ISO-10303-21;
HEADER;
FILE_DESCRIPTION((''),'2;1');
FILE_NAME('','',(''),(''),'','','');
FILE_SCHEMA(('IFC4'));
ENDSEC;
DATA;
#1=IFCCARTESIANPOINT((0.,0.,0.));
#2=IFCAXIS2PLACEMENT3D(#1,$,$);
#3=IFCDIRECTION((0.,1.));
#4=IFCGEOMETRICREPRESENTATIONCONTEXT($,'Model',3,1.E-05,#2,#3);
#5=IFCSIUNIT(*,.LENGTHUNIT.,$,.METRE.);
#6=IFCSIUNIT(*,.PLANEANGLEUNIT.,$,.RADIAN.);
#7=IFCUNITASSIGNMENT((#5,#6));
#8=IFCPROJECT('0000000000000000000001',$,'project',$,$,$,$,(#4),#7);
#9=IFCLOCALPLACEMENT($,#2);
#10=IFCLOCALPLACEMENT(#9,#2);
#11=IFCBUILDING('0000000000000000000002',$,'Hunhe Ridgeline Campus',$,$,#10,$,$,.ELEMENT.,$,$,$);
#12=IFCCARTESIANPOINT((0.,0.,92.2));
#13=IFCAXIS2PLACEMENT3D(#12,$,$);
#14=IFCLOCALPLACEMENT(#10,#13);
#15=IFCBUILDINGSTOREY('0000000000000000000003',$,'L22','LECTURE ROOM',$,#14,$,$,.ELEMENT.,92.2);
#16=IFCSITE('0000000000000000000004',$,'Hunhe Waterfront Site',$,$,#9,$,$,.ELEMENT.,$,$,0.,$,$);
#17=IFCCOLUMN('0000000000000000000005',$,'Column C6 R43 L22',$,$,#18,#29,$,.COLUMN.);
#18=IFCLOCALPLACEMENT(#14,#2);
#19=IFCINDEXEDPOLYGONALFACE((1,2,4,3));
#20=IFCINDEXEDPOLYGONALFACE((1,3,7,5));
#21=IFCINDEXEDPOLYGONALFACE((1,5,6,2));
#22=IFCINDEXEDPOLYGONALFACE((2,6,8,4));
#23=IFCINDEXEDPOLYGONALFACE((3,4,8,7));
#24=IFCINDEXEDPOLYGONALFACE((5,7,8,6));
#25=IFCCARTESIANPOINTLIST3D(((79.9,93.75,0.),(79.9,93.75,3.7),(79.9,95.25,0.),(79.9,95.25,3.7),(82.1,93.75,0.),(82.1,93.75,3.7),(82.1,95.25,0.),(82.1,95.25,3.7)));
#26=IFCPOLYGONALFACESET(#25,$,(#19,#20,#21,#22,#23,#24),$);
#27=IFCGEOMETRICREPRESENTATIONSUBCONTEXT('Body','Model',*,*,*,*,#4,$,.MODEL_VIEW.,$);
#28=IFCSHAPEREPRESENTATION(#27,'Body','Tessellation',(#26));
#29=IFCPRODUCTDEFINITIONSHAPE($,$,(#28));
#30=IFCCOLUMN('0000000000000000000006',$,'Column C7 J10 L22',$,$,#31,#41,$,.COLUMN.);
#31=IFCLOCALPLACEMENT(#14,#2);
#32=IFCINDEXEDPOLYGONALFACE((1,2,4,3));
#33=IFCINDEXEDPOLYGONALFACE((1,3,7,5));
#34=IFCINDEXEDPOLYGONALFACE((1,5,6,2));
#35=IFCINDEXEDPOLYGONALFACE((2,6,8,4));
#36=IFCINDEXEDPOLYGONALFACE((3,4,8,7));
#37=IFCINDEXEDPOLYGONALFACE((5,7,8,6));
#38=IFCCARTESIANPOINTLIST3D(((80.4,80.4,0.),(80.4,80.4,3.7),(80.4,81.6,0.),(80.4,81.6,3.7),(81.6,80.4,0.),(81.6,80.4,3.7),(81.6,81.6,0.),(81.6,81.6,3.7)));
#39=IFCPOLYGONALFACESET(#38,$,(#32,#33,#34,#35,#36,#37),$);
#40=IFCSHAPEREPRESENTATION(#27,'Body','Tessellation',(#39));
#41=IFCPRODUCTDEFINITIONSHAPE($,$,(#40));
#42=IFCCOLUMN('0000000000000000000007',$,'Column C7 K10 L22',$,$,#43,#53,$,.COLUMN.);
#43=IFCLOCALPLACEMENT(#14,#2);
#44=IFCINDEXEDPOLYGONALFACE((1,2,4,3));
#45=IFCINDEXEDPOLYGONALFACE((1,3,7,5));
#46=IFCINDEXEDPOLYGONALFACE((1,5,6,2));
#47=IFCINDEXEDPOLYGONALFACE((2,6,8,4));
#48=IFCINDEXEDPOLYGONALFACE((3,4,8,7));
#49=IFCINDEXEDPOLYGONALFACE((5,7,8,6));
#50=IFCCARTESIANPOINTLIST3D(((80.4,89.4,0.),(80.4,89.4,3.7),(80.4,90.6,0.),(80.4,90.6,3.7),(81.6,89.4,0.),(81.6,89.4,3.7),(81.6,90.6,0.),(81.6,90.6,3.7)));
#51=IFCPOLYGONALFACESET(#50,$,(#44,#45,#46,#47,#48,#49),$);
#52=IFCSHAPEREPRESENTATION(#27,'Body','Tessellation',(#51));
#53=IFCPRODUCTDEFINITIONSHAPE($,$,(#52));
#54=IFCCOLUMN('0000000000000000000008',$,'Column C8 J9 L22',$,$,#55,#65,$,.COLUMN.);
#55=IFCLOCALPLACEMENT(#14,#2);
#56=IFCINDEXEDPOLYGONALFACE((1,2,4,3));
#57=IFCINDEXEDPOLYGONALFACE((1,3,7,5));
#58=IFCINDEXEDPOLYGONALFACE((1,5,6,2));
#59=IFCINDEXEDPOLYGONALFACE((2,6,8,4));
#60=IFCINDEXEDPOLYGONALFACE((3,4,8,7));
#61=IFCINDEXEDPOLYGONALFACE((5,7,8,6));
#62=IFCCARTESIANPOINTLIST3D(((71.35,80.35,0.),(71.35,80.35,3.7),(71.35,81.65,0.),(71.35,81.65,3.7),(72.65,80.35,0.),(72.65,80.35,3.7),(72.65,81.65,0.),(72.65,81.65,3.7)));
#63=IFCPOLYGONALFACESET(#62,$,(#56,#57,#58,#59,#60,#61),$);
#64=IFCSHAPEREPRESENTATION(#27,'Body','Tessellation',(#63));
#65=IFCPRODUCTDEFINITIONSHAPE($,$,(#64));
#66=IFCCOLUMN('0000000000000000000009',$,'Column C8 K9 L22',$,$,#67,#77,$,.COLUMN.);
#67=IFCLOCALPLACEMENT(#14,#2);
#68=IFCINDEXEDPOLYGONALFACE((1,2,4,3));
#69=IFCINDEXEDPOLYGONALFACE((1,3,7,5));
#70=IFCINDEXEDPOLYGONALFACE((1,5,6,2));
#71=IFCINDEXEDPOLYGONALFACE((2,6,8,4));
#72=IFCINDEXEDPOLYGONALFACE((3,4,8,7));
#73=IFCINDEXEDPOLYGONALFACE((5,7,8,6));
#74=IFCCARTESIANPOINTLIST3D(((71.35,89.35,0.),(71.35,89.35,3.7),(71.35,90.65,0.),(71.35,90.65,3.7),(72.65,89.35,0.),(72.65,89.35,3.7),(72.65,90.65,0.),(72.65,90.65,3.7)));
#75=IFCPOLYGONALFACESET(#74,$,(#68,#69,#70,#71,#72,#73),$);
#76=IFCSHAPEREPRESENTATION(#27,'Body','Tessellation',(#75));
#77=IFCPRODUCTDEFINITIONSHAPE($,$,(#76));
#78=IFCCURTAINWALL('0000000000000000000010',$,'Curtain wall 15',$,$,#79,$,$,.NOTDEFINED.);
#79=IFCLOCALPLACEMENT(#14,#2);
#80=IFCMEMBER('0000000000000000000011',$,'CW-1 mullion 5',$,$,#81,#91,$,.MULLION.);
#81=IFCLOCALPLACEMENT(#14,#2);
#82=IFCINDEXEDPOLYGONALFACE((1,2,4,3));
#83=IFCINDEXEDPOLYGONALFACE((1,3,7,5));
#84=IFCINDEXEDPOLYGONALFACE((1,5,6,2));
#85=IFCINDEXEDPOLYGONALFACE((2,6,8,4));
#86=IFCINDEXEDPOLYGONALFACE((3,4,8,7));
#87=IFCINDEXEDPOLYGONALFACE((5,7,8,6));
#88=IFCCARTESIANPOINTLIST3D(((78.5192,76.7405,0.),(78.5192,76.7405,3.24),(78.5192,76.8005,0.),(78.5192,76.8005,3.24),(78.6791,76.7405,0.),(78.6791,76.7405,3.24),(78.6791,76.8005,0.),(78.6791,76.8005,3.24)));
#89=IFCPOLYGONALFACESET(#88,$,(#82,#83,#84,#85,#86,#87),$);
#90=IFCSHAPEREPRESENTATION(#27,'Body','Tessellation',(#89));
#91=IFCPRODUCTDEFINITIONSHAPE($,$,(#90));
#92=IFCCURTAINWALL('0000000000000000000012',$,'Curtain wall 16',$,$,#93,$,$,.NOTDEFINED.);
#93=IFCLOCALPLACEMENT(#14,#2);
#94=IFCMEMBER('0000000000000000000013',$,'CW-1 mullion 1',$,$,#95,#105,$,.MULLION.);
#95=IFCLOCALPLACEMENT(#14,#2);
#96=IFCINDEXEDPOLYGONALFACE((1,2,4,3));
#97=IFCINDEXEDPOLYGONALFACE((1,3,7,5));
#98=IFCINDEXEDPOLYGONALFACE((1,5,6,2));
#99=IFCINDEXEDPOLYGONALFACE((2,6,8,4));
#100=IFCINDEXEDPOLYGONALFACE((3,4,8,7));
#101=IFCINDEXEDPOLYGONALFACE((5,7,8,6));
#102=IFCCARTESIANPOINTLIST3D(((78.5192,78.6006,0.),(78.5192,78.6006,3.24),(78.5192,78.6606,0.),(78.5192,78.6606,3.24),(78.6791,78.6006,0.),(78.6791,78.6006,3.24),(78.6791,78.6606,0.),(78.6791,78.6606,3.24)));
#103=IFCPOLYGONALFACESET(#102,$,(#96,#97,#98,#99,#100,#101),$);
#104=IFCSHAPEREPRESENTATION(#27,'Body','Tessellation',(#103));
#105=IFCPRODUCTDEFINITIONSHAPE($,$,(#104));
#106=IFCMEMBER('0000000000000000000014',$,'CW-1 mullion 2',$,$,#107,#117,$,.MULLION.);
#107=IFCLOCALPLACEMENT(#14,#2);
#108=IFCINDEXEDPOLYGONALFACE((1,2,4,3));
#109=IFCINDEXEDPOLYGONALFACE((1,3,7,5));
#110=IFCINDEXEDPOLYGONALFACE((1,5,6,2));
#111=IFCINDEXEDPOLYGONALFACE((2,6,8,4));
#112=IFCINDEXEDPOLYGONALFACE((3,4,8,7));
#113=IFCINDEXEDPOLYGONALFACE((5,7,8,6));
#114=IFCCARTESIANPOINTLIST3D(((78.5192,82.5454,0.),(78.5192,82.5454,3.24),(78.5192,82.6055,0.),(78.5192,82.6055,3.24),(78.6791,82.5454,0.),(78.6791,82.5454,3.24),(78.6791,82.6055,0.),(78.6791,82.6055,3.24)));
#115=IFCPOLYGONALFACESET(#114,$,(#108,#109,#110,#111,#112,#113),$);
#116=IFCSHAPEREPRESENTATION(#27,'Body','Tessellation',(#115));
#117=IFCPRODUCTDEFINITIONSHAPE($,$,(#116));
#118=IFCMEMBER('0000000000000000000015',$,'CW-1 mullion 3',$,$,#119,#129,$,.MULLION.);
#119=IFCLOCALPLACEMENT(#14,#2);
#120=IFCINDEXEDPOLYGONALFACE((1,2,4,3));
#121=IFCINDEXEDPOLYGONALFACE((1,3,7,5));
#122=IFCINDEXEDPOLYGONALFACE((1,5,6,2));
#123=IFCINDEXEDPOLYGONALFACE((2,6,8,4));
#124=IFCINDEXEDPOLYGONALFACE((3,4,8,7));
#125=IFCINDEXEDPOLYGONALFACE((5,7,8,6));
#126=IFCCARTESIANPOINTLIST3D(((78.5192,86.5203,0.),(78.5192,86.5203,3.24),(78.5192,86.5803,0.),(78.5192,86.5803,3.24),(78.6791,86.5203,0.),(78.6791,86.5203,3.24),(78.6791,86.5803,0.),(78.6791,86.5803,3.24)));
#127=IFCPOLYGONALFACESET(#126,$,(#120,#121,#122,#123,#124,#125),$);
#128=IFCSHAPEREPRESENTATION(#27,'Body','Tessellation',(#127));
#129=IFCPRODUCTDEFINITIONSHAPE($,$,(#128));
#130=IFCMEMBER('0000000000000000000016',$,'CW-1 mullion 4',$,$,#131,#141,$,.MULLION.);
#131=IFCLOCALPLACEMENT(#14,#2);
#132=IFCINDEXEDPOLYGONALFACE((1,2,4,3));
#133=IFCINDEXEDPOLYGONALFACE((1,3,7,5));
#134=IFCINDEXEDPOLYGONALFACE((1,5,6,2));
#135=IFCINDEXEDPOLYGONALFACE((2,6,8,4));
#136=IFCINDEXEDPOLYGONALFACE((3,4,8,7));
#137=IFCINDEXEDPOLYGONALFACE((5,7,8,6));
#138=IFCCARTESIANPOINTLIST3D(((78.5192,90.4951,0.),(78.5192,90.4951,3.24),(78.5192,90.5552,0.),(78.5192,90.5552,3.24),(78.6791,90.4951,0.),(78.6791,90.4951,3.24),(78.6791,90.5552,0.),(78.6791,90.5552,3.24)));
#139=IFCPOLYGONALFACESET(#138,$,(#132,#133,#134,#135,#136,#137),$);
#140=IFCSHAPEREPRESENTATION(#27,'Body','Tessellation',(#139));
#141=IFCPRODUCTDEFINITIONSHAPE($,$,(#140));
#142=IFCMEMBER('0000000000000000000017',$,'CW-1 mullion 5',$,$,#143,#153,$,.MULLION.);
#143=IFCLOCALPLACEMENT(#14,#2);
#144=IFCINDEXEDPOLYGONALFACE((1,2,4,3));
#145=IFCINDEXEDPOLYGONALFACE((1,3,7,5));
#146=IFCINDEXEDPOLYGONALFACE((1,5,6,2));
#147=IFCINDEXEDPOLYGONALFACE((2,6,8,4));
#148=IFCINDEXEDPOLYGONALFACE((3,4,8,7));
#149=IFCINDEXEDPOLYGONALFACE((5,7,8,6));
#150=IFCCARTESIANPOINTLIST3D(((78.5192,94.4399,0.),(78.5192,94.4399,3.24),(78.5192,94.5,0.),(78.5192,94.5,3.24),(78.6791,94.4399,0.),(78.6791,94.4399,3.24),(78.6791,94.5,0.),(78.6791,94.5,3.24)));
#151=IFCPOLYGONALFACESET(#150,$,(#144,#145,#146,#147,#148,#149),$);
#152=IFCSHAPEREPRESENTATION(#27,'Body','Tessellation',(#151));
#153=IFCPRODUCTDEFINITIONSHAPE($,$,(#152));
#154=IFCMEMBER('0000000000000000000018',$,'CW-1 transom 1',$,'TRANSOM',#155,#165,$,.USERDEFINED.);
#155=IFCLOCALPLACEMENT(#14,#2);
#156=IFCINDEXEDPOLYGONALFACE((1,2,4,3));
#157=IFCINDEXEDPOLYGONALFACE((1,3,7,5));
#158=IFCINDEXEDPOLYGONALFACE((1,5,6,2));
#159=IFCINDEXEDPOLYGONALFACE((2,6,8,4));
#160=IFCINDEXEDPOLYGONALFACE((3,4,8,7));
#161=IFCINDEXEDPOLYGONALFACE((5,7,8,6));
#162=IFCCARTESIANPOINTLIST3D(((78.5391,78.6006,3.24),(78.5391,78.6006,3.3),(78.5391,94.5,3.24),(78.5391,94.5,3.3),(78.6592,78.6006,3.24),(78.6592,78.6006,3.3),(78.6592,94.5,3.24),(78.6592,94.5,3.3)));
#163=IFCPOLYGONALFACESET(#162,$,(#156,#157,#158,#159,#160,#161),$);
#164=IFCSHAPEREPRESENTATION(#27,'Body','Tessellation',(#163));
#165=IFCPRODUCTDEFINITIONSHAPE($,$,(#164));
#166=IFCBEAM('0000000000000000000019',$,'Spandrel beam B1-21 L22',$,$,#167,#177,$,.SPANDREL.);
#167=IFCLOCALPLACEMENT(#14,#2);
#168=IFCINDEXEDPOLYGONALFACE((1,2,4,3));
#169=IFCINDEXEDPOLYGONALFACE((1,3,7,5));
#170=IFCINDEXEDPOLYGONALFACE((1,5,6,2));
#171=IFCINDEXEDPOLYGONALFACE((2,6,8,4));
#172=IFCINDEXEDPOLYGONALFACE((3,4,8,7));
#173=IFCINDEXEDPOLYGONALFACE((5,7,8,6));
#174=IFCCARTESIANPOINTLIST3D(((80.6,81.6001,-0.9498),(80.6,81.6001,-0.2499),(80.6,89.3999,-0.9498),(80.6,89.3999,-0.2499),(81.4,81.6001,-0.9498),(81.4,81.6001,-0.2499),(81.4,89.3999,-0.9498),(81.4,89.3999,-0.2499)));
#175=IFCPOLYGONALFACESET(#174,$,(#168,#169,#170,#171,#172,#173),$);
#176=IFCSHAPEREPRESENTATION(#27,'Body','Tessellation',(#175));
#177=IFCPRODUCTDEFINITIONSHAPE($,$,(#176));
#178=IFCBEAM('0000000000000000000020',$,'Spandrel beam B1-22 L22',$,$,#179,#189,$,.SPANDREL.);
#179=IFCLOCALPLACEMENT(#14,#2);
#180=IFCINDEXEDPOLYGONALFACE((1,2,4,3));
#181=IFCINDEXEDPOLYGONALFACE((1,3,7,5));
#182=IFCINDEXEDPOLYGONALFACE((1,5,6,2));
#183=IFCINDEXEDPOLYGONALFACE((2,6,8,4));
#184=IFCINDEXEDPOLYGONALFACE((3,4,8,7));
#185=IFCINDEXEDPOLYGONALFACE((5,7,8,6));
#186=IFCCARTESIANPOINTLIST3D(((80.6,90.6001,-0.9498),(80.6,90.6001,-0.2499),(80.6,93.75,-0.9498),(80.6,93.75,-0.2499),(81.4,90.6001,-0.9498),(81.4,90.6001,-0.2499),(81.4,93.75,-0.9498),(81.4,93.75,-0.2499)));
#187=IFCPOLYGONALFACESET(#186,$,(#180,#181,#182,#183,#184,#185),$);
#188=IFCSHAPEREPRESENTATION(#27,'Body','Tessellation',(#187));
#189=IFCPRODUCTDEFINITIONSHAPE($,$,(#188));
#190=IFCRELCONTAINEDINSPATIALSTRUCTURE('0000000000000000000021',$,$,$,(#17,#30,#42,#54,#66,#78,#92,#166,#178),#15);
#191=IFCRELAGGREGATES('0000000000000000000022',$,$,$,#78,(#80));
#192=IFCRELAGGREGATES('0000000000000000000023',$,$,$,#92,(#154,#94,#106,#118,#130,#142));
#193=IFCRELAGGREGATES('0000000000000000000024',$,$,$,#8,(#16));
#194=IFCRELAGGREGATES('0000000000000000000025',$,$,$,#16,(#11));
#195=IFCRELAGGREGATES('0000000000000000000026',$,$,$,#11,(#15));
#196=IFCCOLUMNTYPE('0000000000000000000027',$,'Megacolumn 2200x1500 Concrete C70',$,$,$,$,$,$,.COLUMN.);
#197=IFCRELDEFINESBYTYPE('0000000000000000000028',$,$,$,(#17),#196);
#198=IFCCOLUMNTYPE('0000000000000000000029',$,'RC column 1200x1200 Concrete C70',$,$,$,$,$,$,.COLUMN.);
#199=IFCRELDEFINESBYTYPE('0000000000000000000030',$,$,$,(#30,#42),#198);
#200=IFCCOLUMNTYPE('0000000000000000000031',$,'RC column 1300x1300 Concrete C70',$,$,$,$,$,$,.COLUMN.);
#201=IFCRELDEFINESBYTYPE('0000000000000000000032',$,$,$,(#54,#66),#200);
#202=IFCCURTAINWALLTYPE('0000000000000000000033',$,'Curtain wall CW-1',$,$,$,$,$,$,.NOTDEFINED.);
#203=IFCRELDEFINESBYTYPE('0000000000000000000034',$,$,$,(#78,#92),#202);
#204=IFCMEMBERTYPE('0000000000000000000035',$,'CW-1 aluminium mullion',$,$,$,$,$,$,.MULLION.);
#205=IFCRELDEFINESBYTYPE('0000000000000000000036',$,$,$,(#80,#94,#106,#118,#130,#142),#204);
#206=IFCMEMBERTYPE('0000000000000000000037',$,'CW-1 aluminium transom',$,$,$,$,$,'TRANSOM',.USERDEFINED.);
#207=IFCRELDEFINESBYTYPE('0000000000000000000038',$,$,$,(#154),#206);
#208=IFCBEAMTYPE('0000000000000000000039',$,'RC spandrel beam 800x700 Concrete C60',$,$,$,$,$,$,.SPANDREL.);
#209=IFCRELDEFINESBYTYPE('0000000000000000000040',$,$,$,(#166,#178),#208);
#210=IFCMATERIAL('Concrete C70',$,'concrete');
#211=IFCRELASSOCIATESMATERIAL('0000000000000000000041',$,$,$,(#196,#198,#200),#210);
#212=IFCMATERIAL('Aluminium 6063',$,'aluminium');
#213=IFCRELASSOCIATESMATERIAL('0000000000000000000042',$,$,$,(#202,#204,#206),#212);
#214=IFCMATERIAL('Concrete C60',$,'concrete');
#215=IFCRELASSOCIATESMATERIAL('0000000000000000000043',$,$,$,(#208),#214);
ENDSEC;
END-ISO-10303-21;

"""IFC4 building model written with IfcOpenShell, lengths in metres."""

from ifc_helpers import new_model, si_unit, direction, frame, origin, origin_2d, place, context, subcontext, project, spatial, rectangle, extrude, material, material_profile, profile_set, type_object, element, aggregate, save


model = new_model("IFC4")

# Units and contexts
model_context = context("Model", 3, precision=1e-05, world=origin(), true_north=direction((0.0, 1.0)))
body_context = subcontext(model_context, "Body", "Model", "MODEL_VIEW")
ifc_project = project(units=[si_unit("LENGTHUNIT", "METRE"), si_unit("PLANEANGLEUNIT", "RADIAN")], contexts=[model_context])

# Site, building, storey
site_placement = place(None, origin())
site = spatial("IfcSite", under=ifc_project, at=site_placement, Name="Hunhe Waterfront Site", CompositionType="ELEMENT", RefElevation=0.0)
building_placement = place(site_placement, origin())
building = spatial("IfcBuilding", under=site, at=building_placement, Name="Hunhe Ridgeline Campus", CompositionType="ELEMENT")
storey_placement = place(building_placement, frame((0.0, 0.0, 92.2)))
storey = spatial("IfcBuildingStorey", under=building, at=storey_placement, Name="L22", Description="LECTURE ROOM", CompositionType="ELEMENT", Elevation=92.2)

# Columns
ifc_material_1 = material(Name="Concrete C70", Category="concrete")
ifc_material_profile_1 = material_profile(ifc_material_1, rectangle(XDim=2.2, YDim=1.5, at=origin_2d()))
ifc_profile_set_1 = profile_set([ifc_material_profile_1], Name="Concrete C70")
column_type_1 = type_object("IfcColumnType", Name="Megacolumn 2200x1500 Concrete C70", PredefinedType="COLUMN", material=ifc_profile_set_1)
column_placement = place(storey_placement, frame((81.0, 94.5, 0.0), z_axis=(0.0, 0.0, 1.0), x_axis=(1.0, 0.0, 0.0)))
element("IfcColumn", 1, at=column_placement, inside=storey, type_object=column_type_1, Name="Column C6 R43 L22", PredefinedType="COLUMN", context=body_context, shape_type="SweptSolid", body=[
    extrude(rectangle(XDim=2.2, YDim=1.5, at=origin_2d()), origin(), (0.0, 0.0, 1.0), 3.7),
])
ifc_material_profile_2 = material_profile(ifc_material_1, rectangle(XDim=1.2, YDim=1.2, at=origin_2d()))
ifc_profile_set_2 = profile_set([ifc_material_profile_2], Name="Concrete C70")
column_type_2 = type_object("IfcColumnType", Name="RC column 1200x1200 Concrete C70", PredefinedType="COLUMN", material=ifc_profile_set_2)
for number, where, z_axis, x_axis, name in (
    (2, (81.0, 81.0, 0.0), (0.0, 0.0, 1.0), (1.0, 0.0, 0.0), "Column C7 J10 L22"),
    (3, (81.0, 90.0, 0.0), (0.0, 0.0, 1.0), (1.0, 0.0, 0.0), "Column C7 K10 L22"),
):
    element("IfcColumn", number, at=place(storey_placement, frame(where, z_axis=z_axis, x_axis=x_axis)), inside=storey, type_object=column_type_2, Name=name, PredefinedType="COLUMN", context=body_context, shape_type="SweptSolid", body=[
        extrude(rectangle(XDim=1.2, YDim=1.2, at=origin_2d()), origin(), (0.0, 0.0, 1.0), 3.7),
    ])
ifc_material_profile_3 = material_profile(ifc_material_1, rectangle(XDim=1.3, YDim=1.3, at=origin_2d()))
ifc_profile_set_3 = profile_set([ifc_material_profile_3], Name="Concrete C70")
column_type_3 = type_object("IfcColumnType", Name="RC column 1300x1300 Concrete C70", PredefinedType="COLUMN", material=ifc_profile_set_3)
for number, where, z_axis, x_axis, name in (
    (4, (72.0, 81.0, 0.0), (0.0, 0.0, 1.0), (1.0, 0.0, 0.0), "Column C8 J9 L22"),
    (5, (72.0, 90.0, 0.0), (0.0, 0.0, 1.0), (1.0, 0.0, 0.0), "Column C8 K9 L22"),
):
    element("IfcColumn", number, at=place(storey_placement, frame(where, z_axis=z_axis, x_axis=x_axis)), inside=storey, type_object=column_type_3, Name=name, PredefinedType="COLUMN", context=body_context, shape_type="SweptSolid", body=[
        extrude(rectangle(XDim=1.3, YDim=1.3, at=origin_2d()), origin(), (0.0, 0.0, 1.0), 3.7),
    ])

# Curtain wall, member
ifc_material_2 = material(Name="Aluminium 6063", Category="aluminium")
curtain_wall_type = type_object("IfcCurtainWallType", Name="Curtain wall CW-1", PredefinedType="NOTDEFINED", material=ifc_material_2)
curtain_wall_1_placement = place(storey_placement, origin())
curtain_wall_1 = element("IfcCurtainWall", 6, at=curtain_wall_1_placement, inside=storey, type_object=curtain_wall_type, Name="Curtain wall 15", PredefinedType="NOTDEFINED")
ifc_material_profile_4 = material_profile(ifc_material_2, rectangle(XDim=0.1599, YDim=0.0601, at=origin_2d()))
ifc_profile_set_4 = profile_set([ifc_material_profile_4], Name="Aluminium 6063")
member_type_1 = type_object("IfcMemberType", Name="CW-1 aluminium mullion", PredefinedType="MULLION", material=ifc_profile_set_4)
member_1_placement = place(storey_placement, frame((78.5991, 76.7705, 0.0), z_axis=(0.0, 0.0, 1.0), x_axis=(-1.0, 0.0, 0.0)))
member_1 = element("IfcMember", 7, at=member_1_placement, type_object=member_type_1, Name="CW-1 mullion 5", PredefinedType="MULLION", context=body_context, shape_type="SweptSolid", body=[
    extrude(rectangle(XDim=0.1599, YDim=0.0601, at=origin_2d()), origin(), (0.0, 0.0, 1.0), 3.24),
])
aggregate(curtain_wall_1, [member_1])

# Curtain wall, members
curtain_wall_2_placement = place(storey_placement, origin())
curtain_wall_2 = element("IfcCurtainWall", 8, at=curtain_wall_2_placement, inside=storey, type_object=curtain_wall_type, Name="Curtain wall 16", PredefinedType="NOTDEFINED")
member_2_placement = place(storey_placement, frame((78.5991, 78.6306, 0.0), z_axis=(0.0, 0.0, 1.0), x_axis=(-1.0, 0.0, 0.0)))
member_2 = element("IfcMember", 9, at=member_2_placement, type_object=member_type_1, Name="CW-1 mullion 1", PredefinedType="MULLION", context=body_context, shape_type="SweptSolid", body=[
    extrude(rectangle(XDim=0.1599, YDim=0.0601, at=origin_2d()), origin(), (0.0, 0.0, 1.0), 3.24),
])
member_3_placement = place(storey_placement, frame((78.5991, 82.5754, 0.0), z_axis=(0.0, 0.0, 1.0), x_axis=(-1.0, 0.0, 0.0)))
member_3 = element("IfcMember", 10, at=member_3_placement, type_object=member_type_1, Name="CW-1 mullion 2", PredefinedType="MULLION", context=body_context, shape_type="SweptSolid", body=[
    extrude(rectangle(XDim=0.1599, YDim=0.0601, at=origin_2d()), origin(), (0.0, 0.0, 1.0), 3.24),
])
member_4_placement = place(storey_placement, frame((78.5991, 86.5503, 0.0), z_axis=(0.0, 0.0, 1.0), x_axis=(-1.0, 0.0, 0.0)))
member_4 = element("IfcMember", 11, at=member_4_placement, type_object=member_type_1, Name="CW-1 mullion 3", PredefinedType="MULLION", context=body_context, shape_type="SweptSolid", body=[
    extrude(rectangle(XDim=0.1599, YDim=0.0601, at=origin_2d()), origin(), (0.0, 0.0, 1.0), 3.24),
])
member_5_placement = place(storey_placement, frame((78.5991, 90.5251, 0.0), z_axis=(0.0, 0.0, 1.0), x_axis=(-1.0, 0.0, 0.0)))
member_5 = element("IfcMember", 12, at=member_5_placement, type_object=member_type_1, Name="CW-1 mullion 4", PredefinedType="MULLION", context=body_context, shape_type="SweptSolid", body=[
    extrude(rectangle(XDim=0.1599, YDim=0.0601, at=origin_2d()), origin(), (0.0, 0.0, 1.0), 3.24),
])
member_6_placement = place(storey_placement, frame((78.5991, 94.47, 0.0), z_axis=(0.0, 0.0, 1.0), x_axis=(-1.0, 0.0, 0.0)))
member_6 = element("IfcMember", 13, at=member_6_placement, type_object=member_type_1, Name="CW-1 mullion 5", PredefinedType="MULLION", context=body_context, shape_type="SweptSolid", body=[
    extrude(rectangle(XDim=0.1599, YDim=0.0601, at=origin_2d()), origin(), (0.0, 0.0, 1.0), 3.24),
])
ifc_material_profile_5 = material_profile(ifc_material_2, rectangle(XDim=0.1201, YDim=0.0601, at=origin_2d()))
ifc_profile_set_5 = profile_set([ifc_material_profile_5], Name="Aluminium 6063")
member_type_2 = type_object("IfcMemberType", Name="CW-1 aluminium transom", ElementType="TRANSOM", PredefinedType="USERDEFINED", material=ifc_profile_set_5)
member_7_placement = place(storey_placement, frame((78.5991, 78.6006, 3.27), z_axis=(0.0, 1.0, 0.0), x_axis=(-1.0, 0.0, 0.0)))
member_7 = element("IfcMember", 14, at=member_7_placement, type_object=member_type_2, Name="CW-1 transom 1", ObjectType="TRANSOM", PredefinedType="USERDEFINED", context=body_context, shape_type="SweptSolid", body=[
    extrude(rectangle(XDim=0.1201, YDim=0.0601, at=origin_2d()), origin(), (0.0, 0.0, 1.0), 15.8994),
])

# Beams
ifc_material_3 = material(Name="Concrete C60", Category="concrete")
ifc_material_profile_6 = material_profile(ifc_material_3, rectangle(XDim=0.8, YDim=0.7, at=origin_2d()))
ifc_profile_set_6 = profile_set([ifc_material_profile_6], Name="Concrete C60")
beam_type = type_object("IfcBeamType", Name="RC spandrel beam 800x700 Concrete C60", PredefinedType="SPANDREL", material=ifc_profile_set_6)
beam_1_placement = place(storey_placement, frame((81.0, 81.6001, -0.5999), z_axis=(0.0, 1.0, 0.0), x_axis=(-1.0, 0.0, 0.0)))
element("IfcBeam", 15, at=beam_1_placement, inside=storey, type_object=beam_type, Name="Spandrel beam B1-21 L22", PredefinedType="SPANDREL", context=body_context, shape_type="SweptSolid", body=[
    extrude(rectangle(XDim=0.8, YDim=0.7, at=origin_2d()), origin(), (0.0, 0.0, 1.0), 7.7998),
])
beam_2_placement = place(storey_placement, frame((81.0, 90.6001, -0.5999), z_axis=(0.0, 1.0, 0.0), x_axis=(-1.0, 0.0, 0.0)))
element("IfcBeam", 16, at=beam_2_placement, inside=storey, type_object=beam_type, Name="Spandrel beam B1-22 L22", PredefinedType="SPANDREL", context=body_context, shape_type="SweptSolid", body=[
    extrude(rectangle(XDim=0.8, YDim=0.7, at=origin_2d()), origin(), (0.0, 0.0, 1.0), 3.1499),
])

aggregate(curtain_wall_2, [member_7, member_2, member_3, member_4, member_5, member_6])

save(model, "model.ifc")
